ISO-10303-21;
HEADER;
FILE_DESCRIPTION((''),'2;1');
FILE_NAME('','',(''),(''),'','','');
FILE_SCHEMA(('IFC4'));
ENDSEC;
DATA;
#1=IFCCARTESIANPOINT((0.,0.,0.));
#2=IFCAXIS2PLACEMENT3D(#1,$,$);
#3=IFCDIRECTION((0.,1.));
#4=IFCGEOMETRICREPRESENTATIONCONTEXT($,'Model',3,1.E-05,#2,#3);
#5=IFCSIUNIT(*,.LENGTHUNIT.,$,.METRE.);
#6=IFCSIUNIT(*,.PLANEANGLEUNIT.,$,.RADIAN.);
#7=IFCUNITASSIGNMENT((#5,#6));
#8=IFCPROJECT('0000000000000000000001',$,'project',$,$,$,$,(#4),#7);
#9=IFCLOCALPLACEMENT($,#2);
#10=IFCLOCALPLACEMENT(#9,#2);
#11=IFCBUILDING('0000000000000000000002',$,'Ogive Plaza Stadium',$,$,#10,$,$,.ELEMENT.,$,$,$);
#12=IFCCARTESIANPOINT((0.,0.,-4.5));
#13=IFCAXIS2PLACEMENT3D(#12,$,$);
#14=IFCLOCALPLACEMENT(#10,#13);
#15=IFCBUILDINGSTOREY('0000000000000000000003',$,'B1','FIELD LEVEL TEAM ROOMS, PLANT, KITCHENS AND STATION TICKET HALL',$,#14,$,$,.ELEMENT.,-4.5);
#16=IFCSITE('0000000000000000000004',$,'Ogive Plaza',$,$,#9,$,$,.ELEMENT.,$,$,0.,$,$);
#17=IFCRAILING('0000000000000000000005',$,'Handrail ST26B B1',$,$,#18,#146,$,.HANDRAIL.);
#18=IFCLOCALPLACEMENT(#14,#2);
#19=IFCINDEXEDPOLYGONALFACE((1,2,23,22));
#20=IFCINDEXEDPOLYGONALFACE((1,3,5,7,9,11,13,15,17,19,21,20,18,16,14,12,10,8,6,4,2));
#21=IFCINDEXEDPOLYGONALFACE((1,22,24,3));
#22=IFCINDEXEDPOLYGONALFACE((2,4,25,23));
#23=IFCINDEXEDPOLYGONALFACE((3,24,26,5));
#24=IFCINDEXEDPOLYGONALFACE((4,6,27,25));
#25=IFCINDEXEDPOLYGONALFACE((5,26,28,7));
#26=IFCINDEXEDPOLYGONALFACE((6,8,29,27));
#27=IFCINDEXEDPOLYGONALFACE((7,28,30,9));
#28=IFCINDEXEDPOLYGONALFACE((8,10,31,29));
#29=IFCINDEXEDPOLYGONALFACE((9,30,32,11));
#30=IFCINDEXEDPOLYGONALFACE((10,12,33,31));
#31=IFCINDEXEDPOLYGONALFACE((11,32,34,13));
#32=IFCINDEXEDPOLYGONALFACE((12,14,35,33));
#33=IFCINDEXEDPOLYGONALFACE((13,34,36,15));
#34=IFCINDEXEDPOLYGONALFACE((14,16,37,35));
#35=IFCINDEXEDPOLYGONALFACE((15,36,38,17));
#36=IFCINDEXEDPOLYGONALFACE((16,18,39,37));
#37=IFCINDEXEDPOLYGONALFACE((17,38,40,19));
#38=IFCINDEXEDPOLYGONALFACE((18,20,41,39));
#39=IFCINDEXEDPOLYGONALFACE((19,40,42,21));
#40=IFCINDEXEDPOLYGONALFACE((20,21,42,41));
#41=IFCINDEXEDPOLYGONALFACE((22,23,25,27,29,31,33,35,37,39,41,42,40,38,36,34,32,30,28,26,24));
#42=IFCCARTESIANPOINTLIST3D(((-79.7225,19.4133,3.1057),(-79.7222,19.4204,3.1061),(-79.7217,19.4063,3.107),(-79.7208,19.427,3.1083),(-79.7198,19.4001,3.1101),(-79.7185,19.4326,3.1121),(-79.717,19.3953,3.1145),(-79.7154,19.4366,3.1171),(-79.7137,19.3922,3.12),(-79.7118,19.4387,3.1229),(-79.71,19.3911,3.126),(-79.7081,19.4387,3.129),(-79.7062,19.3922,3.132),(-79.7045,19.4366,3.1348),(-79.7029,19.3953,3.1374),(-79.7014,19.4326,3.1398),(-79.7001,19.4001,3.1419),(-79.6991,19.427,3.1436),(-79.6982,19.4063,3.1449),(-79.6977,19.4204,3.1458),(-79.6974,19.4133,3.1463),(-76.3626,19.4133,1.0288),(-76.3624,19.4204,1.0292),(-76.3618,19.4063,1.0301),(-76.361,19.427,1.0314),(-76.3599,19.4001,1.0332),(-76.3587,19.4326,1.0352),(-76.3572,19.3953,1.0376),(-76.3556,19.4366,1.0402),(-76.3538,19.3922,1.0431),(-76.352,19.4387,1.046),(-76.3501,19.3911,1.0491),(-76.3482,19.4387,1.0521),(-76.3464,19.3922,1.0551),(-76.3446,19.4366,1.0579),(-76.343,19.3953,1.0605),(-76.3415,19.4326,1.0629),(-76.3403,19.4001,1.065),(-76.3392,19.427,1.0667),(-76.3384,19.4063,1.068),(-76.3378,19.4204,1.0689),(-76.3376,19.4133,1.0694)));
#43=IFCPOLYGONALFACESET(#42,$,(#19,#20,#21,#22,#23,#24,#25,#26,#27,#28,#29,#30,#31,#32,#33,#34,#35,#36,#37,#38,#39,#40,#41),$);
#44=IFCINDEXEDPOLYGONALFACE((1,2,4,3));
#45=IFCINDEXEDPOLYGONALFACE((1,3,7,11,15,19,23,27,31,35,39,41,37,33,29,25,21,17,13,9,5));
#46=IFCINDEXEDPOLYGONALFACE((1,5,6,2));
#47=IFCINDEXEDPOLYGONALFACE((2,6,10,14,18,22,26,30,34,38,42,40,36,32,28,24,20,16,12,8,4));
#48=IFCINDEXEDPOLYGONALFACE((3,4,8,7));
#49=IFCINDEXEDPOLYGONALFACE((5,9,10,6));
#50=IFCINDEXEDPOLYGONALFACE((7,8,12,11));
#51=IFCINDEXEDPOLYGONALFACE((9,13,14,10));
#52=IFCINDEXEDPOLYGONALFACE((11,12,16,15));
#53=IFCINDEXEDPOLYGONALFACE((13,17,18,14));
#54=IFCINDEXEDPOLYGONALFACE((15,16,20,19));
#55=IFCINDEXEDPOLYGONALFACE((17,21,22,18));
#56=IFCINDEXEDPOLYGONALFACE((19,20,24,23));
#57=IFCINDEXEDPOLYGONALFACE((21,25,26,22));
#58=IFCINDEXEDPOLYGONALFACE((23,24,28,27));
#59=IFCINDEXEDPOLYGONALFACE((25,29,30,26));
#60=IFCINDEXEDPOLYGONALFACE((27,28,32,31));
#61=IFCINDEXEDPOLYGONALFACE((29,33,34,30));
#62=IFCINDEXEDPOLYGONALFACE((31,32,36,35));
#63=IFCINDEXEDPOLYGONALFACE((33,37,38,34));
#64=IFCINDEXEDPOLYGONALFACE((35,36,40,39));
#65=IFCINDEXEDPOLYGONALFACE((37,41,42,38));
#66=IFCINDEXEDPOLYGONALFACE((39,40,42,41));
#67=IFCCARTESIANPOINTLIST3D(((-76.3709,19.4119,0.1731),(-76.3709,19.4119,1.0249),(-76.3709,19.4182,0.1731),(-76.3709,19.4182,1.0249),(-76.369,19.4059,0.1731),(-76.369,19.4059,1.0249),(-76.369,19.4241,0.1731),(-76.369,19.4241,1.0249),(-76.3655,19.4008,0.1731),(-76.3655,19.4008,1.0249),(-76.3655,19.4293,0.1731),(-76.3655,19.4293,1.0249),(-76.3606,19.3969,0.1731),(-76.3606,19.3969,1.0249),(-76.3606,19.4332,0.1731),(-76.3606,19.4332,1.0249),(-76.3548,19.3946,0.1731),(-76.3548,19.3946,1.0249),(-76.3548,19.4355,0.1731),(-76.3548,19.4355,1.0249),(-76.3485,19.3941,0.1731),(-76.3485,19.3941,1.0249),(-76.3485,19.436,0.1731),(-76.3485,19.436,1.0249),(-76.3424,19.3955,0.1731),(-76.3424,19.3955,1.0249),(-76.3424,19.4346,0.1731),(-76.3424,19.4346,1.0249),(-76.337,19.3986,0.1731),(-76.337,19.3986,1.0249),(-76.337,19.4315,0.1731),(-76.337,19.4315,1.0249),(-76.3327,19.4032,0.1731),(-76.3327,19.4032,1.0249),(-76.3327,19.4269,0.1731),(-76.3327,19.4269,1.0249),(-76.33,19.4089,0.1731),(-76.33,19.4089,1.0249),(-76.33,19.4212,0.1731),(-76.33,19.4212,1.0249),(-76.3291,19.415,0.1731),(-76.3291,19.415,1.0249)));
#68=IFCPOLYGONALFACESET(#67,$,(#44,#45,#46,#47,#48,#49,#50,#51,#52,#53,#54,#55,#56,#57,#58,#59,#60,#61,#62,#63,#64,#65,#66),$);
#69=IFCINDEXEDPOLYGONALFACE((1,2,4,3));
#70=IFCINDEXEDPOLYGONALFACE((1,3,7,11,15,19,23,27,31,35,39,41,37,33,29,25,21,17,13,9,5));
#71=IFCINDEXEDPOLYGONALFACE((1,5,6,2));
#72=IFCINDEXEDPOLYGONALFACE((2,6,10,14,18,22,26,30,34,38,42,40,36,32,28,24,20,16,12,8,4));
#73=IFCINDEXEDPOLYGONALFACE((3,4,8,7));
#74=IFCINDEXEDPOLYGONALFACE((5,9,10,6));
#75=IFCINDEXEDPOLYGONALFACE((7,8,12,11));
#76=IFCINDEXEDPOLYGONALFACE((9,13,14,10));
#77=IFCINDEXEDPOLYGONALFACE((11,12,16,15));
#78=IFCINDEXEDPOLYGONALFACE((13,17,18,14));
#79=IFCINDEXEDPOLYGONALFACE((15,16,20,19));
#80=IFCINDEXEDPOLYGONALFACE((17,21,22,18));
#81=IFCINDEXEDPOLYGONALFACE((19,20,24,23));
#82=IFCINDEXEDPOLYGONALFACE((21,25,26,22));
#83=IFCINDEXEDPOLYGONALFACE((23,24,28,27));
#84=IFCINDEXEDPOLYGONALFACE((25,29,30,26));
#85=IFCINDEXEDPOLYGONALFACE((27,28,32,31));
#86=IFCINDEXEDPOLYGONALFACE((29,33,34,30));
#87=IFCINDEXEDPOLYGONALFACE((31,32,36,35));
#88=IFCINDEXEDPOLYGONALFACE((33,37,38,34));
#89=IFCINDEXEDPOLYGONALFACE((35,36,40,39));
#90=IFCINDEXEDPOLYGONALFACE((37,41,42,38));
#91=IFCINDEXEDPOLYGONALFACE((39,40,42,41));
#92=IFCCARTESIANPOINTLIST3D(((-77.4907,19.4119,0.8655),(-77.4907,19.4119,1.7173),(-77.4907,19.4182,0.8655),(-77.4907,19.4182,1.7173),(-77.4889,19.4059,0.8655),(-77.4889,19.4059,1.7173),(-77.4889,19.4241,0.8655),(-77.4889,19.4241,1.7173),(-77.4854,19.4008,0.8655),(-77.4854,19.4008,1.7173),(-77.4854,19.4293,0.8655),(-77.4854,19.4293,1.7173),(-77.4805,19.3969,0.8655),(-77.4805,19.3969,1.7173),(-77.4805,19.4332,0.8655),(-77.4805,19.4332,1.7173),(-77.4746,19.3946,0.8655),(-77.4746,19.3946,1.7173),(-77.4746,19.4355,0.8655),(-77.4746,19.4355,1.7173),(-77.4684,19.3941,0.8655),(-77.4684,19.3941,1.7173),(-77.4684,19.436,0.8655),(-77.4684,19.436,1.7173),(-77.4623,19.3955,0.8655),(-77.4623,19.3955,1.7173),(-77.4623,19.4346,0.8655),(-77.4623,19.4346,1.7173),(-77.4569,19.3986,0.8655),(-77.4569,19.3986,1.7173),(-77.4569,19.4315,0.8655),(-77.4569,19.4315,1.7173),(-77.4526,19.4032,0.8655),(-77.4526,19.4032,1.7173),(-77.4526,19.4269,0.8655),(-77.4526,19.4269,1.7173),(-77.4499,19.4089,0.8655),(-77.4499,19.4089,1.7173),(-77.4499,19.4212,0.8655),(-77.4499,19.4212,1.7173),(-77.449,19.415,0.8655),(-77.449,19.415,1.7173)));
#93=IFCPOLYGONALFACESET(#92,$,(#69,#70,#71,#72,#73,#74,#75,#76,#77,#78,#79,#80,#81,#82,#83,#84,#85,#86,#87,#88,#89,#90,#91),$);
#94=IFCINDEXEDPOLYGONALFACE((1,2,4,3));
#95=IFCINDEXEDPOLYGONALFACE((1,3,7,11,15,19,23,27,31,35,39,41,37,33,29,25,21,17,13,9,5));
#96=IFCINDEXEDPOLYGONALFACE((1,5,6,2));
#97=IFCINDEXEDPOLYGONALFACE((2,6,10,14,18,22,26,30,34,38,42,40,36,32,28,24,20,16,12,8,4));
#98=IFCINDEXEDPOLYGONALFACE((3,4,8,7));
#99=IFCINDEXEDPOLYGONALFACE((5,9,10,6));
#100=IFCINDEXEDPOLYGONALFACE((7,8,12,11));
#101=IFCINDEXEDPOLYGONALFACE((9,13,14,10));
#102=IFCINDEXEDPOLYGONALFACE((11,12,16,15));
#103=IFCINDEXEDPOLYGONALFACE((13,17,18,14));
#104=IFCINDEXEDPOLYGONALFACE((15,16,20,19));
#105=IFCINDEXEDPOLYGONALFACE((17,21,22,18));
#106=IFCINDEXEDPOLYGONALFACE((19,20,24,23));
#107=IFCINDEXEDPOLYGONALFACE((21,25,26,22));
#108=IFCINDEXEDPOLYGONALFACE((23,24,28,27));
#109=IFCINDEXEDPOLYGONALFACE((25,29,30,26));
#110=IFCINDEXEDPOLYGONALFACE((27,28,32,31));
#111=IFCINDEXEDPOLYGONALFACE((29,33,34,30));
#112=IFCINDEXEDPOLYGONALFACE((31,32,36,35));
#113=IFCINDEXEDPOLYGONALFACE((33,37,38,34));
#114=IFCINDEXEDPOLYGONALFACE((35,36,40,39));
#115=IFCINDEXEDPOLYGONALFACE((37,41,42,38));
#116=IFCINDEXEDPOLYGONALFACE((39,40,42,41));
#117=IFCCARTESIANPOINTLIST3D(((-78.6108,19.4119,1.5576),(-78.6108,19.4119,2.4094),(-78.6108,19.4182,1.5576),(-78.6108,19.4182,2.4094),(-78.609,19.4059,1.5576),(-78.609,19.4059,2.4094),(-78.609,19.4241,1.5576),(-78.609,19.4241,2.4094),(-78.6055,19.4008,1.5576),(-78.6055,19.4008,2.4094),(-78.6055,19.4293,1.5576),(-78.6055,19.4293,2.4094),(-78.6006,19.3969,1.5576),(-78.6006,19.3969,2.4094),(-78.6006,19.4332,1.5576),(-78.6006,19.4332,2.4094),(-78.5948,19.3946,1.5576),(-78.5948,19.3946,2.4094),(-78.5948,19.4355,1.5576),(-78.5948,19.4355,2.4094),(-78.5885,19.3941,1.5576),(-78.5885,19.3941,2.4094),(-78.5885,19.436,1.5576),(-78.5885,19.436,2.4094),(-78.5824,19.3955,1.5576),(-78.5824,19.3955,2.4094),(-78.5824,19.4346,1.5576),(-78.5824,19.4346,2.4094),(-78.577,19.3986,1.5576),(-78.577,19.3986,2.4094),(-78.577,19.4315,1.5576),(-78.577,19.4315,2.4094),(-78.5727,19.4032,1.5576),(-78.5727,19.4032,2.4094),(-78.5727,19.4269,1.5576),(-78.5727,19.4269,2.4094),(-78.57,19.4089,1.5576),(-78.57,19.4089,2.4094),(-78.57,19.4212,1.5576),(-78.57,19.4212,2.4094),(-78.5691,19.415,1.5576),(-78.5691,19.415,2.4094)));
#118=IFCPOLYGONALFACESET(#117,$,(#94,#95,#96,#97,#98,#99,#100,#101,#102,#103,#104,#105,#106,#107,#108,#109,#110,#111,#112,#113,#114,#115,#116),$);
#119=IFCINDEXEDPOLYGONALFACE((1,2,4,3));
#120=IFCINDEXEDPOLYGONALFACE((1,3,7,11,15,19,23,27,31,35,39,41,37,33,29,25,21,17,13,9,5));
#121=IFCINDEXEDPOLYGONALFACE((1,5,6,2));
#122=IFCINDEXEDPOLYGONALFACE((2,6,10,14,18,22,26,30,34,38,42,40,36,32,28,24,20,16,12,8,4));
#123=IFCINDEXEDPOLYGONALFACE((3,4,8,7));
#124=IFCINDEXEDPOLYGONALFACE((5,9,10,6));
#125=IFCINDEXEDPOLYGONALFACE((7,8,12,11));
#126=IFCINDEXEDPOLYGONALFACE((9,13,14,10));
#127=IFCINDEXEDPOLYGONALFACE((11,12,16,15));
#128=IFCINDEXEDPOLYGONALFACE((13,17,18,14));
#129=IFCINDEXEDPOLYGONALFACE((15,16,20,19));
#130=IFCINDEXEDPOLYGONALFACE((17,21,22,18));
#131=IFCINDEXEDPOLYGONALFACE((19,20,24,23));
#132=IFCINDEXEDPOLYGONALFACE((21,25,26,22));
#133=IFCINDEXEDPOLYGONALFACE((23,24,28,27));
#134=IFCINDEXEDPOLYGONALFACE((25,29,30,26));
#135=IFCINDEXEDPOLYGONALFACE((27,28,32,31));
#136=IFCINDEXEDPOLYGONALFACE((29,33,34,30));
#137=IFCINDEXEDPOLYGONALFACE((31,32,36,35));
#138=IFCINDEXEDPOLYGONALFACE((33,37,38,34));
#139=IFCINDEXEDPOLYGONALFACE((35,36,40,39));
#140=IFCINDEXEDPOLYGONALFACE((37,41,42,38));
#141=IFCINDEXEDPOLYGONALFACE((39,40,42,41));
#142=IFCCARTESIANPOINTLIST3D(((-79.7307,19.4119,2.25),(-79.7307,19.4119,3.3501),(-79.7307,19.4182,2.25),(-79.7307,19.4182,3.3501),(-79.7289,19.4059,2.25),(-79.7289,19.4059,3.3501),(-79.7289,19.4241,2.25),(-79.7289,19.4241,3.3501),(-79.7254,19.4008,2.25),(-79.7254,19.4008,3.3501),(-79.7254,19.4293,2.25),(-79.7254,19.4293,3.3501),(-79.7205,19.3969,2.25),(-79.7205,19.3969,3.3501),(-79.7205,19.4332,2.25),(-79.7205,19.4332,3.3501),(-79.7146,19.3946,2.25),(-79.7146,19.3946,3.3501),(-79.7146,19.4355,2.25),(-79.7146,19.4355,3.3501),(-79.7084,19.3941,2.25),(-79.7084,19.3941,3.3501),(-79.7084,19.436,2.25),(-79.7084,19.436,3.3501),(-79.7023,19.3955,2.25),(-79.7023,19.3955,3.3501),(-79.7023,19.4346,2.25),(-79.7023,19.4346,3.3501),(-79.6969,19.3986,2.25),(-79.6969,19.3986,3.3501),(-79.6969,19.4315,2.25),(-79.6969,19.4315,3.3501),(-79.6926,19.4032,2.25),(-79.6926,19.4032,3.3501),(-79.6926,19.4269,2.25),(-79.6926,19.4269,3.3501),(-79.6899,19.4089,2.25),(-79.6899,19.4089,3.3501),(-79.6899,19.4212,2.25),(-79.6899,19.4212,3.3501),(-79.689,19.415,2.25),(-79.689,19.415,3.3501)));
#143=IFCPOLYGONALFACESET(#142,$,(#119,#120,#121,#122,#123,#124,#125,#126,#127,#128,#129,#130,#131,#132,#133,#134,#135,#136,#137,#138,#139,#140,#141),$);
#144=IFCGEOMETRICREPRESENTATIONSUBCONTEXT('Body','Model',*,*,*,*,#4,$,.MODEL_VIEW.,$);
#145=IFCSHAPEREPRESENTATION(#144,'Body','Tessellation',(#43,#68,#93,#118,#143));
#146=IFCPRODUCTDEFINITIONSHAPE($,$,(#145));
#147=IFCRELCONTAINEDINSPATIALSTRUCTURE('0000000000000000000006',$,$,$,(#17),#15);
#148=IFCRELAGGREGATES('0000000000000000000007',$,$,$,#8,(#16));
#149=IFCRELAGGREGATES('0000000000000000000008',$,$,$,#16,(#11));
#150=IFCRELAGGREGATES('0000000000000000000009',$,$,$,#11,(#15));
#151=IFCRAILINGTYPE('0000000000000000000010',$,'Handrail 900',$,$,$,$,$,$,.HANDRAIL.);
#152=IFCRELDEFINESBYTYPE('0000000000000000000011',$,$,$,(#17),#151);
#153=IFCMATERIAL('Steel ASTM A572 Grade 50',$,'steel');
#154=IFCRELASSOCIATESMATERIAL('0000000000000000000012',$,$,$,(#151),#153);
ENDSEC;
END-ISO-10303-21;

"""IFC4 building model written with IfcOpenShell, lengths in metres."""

from ifc_helpers import new_model, si_unit, direction, frame, origin, origin_2d, place, context, subcontext, project, spatial, circle, extrude, material, type_object, element, save


model = new_model("IFC4")

# Units and contexts
model_context = context("Model", 3, precision=1e-05, world=origin(), true_north=direction((0.0, 1.0)))
body_context = subcontext(model_context, "Body", "Model", "MODEL_VIEW")
ifc_project = project(units=[si_unit("LENGTHUNIT", "METRE"), si_unit("PLANEANGLEUNIT", "RADIAN")], contexts=[model_context])

# Site, building, storey
site_placement = place(None, origin())
site = spatial("IfcSite", under=ifc_project, at=site_placement, Name="Ogive Plaza", CompositionType="ELEMENT", RefElevation=0.0)
building_placement = place(site_placement, origin())
building = spatial("IfcBuilding", under=site, at=building_placement, Name="Ogive Plaza Stadium", CompositionType="ELEMENT")
storey_placement = place(building_placement, frame((0.0, 0.0, -4.5)))
storey = spatial("IfcBuildingStorey", under=building, at=storey_placement, Name="B1", Description="FIELD LEVEL TEAM ROOMS, PLANT, KITCHENS AND STATION TICKET HALL", CompositionType="ELEMENT", Elevation=-4.5)

# Railing
ifc_material_1 = material(Name="Steel ASTM A572 Grade 50", Category="steel")
railing_type_1 = type_object("IfcRailingType", Name="Handrail 900", PredefinedType="HANDRAIL", material=ifc_material_1)
for number, where, name in (
    (1, (-76.3501, 19.415, 0.1731), "Handrail ST26B B1"),
):
    element("IfcRailing", number, at=place(storey_placement, frame(where)), inside=storey, type_object=railing_type_1, Name=name, PredefinedType="HANDRAIL", context=body_context, shape_type="SweptSolid", body=[
        extrude(circle(Radius=0.0239, at=origin_2d()), frame((0.0, 0.0, 0.876), z_axis=(-0.850606, 0.0, 0.525803), x_axis=(0.0, -1.0, 0.0)), (0.0, 0.0, 1.0), 3.95),
        extrude(circle(Radius=0.021, at=origin_2d()), origin(), (0.0, 0.0, 1.0), 0.8518),
        extrude(circle(Radius=0.021, at=origin_2d()), frame((-1.1199, 0.0, 0.6924)), (0.0, 0.0, 1.0), 0.8518),
        extrude(circle(Radius=0.021, at=origin_2d()), frame((-2.24, 0.0, 1.3845)), (0.0, 0.0, 1.0), 0.8518),
        extrude(circle(Radius=0.021, at=origin_2d()), frame((-3.3599, 0.0, 2.0769)), (0.0, 0.0, 1.0), 1.1001),
    ])

save(model, "model.ifc")
